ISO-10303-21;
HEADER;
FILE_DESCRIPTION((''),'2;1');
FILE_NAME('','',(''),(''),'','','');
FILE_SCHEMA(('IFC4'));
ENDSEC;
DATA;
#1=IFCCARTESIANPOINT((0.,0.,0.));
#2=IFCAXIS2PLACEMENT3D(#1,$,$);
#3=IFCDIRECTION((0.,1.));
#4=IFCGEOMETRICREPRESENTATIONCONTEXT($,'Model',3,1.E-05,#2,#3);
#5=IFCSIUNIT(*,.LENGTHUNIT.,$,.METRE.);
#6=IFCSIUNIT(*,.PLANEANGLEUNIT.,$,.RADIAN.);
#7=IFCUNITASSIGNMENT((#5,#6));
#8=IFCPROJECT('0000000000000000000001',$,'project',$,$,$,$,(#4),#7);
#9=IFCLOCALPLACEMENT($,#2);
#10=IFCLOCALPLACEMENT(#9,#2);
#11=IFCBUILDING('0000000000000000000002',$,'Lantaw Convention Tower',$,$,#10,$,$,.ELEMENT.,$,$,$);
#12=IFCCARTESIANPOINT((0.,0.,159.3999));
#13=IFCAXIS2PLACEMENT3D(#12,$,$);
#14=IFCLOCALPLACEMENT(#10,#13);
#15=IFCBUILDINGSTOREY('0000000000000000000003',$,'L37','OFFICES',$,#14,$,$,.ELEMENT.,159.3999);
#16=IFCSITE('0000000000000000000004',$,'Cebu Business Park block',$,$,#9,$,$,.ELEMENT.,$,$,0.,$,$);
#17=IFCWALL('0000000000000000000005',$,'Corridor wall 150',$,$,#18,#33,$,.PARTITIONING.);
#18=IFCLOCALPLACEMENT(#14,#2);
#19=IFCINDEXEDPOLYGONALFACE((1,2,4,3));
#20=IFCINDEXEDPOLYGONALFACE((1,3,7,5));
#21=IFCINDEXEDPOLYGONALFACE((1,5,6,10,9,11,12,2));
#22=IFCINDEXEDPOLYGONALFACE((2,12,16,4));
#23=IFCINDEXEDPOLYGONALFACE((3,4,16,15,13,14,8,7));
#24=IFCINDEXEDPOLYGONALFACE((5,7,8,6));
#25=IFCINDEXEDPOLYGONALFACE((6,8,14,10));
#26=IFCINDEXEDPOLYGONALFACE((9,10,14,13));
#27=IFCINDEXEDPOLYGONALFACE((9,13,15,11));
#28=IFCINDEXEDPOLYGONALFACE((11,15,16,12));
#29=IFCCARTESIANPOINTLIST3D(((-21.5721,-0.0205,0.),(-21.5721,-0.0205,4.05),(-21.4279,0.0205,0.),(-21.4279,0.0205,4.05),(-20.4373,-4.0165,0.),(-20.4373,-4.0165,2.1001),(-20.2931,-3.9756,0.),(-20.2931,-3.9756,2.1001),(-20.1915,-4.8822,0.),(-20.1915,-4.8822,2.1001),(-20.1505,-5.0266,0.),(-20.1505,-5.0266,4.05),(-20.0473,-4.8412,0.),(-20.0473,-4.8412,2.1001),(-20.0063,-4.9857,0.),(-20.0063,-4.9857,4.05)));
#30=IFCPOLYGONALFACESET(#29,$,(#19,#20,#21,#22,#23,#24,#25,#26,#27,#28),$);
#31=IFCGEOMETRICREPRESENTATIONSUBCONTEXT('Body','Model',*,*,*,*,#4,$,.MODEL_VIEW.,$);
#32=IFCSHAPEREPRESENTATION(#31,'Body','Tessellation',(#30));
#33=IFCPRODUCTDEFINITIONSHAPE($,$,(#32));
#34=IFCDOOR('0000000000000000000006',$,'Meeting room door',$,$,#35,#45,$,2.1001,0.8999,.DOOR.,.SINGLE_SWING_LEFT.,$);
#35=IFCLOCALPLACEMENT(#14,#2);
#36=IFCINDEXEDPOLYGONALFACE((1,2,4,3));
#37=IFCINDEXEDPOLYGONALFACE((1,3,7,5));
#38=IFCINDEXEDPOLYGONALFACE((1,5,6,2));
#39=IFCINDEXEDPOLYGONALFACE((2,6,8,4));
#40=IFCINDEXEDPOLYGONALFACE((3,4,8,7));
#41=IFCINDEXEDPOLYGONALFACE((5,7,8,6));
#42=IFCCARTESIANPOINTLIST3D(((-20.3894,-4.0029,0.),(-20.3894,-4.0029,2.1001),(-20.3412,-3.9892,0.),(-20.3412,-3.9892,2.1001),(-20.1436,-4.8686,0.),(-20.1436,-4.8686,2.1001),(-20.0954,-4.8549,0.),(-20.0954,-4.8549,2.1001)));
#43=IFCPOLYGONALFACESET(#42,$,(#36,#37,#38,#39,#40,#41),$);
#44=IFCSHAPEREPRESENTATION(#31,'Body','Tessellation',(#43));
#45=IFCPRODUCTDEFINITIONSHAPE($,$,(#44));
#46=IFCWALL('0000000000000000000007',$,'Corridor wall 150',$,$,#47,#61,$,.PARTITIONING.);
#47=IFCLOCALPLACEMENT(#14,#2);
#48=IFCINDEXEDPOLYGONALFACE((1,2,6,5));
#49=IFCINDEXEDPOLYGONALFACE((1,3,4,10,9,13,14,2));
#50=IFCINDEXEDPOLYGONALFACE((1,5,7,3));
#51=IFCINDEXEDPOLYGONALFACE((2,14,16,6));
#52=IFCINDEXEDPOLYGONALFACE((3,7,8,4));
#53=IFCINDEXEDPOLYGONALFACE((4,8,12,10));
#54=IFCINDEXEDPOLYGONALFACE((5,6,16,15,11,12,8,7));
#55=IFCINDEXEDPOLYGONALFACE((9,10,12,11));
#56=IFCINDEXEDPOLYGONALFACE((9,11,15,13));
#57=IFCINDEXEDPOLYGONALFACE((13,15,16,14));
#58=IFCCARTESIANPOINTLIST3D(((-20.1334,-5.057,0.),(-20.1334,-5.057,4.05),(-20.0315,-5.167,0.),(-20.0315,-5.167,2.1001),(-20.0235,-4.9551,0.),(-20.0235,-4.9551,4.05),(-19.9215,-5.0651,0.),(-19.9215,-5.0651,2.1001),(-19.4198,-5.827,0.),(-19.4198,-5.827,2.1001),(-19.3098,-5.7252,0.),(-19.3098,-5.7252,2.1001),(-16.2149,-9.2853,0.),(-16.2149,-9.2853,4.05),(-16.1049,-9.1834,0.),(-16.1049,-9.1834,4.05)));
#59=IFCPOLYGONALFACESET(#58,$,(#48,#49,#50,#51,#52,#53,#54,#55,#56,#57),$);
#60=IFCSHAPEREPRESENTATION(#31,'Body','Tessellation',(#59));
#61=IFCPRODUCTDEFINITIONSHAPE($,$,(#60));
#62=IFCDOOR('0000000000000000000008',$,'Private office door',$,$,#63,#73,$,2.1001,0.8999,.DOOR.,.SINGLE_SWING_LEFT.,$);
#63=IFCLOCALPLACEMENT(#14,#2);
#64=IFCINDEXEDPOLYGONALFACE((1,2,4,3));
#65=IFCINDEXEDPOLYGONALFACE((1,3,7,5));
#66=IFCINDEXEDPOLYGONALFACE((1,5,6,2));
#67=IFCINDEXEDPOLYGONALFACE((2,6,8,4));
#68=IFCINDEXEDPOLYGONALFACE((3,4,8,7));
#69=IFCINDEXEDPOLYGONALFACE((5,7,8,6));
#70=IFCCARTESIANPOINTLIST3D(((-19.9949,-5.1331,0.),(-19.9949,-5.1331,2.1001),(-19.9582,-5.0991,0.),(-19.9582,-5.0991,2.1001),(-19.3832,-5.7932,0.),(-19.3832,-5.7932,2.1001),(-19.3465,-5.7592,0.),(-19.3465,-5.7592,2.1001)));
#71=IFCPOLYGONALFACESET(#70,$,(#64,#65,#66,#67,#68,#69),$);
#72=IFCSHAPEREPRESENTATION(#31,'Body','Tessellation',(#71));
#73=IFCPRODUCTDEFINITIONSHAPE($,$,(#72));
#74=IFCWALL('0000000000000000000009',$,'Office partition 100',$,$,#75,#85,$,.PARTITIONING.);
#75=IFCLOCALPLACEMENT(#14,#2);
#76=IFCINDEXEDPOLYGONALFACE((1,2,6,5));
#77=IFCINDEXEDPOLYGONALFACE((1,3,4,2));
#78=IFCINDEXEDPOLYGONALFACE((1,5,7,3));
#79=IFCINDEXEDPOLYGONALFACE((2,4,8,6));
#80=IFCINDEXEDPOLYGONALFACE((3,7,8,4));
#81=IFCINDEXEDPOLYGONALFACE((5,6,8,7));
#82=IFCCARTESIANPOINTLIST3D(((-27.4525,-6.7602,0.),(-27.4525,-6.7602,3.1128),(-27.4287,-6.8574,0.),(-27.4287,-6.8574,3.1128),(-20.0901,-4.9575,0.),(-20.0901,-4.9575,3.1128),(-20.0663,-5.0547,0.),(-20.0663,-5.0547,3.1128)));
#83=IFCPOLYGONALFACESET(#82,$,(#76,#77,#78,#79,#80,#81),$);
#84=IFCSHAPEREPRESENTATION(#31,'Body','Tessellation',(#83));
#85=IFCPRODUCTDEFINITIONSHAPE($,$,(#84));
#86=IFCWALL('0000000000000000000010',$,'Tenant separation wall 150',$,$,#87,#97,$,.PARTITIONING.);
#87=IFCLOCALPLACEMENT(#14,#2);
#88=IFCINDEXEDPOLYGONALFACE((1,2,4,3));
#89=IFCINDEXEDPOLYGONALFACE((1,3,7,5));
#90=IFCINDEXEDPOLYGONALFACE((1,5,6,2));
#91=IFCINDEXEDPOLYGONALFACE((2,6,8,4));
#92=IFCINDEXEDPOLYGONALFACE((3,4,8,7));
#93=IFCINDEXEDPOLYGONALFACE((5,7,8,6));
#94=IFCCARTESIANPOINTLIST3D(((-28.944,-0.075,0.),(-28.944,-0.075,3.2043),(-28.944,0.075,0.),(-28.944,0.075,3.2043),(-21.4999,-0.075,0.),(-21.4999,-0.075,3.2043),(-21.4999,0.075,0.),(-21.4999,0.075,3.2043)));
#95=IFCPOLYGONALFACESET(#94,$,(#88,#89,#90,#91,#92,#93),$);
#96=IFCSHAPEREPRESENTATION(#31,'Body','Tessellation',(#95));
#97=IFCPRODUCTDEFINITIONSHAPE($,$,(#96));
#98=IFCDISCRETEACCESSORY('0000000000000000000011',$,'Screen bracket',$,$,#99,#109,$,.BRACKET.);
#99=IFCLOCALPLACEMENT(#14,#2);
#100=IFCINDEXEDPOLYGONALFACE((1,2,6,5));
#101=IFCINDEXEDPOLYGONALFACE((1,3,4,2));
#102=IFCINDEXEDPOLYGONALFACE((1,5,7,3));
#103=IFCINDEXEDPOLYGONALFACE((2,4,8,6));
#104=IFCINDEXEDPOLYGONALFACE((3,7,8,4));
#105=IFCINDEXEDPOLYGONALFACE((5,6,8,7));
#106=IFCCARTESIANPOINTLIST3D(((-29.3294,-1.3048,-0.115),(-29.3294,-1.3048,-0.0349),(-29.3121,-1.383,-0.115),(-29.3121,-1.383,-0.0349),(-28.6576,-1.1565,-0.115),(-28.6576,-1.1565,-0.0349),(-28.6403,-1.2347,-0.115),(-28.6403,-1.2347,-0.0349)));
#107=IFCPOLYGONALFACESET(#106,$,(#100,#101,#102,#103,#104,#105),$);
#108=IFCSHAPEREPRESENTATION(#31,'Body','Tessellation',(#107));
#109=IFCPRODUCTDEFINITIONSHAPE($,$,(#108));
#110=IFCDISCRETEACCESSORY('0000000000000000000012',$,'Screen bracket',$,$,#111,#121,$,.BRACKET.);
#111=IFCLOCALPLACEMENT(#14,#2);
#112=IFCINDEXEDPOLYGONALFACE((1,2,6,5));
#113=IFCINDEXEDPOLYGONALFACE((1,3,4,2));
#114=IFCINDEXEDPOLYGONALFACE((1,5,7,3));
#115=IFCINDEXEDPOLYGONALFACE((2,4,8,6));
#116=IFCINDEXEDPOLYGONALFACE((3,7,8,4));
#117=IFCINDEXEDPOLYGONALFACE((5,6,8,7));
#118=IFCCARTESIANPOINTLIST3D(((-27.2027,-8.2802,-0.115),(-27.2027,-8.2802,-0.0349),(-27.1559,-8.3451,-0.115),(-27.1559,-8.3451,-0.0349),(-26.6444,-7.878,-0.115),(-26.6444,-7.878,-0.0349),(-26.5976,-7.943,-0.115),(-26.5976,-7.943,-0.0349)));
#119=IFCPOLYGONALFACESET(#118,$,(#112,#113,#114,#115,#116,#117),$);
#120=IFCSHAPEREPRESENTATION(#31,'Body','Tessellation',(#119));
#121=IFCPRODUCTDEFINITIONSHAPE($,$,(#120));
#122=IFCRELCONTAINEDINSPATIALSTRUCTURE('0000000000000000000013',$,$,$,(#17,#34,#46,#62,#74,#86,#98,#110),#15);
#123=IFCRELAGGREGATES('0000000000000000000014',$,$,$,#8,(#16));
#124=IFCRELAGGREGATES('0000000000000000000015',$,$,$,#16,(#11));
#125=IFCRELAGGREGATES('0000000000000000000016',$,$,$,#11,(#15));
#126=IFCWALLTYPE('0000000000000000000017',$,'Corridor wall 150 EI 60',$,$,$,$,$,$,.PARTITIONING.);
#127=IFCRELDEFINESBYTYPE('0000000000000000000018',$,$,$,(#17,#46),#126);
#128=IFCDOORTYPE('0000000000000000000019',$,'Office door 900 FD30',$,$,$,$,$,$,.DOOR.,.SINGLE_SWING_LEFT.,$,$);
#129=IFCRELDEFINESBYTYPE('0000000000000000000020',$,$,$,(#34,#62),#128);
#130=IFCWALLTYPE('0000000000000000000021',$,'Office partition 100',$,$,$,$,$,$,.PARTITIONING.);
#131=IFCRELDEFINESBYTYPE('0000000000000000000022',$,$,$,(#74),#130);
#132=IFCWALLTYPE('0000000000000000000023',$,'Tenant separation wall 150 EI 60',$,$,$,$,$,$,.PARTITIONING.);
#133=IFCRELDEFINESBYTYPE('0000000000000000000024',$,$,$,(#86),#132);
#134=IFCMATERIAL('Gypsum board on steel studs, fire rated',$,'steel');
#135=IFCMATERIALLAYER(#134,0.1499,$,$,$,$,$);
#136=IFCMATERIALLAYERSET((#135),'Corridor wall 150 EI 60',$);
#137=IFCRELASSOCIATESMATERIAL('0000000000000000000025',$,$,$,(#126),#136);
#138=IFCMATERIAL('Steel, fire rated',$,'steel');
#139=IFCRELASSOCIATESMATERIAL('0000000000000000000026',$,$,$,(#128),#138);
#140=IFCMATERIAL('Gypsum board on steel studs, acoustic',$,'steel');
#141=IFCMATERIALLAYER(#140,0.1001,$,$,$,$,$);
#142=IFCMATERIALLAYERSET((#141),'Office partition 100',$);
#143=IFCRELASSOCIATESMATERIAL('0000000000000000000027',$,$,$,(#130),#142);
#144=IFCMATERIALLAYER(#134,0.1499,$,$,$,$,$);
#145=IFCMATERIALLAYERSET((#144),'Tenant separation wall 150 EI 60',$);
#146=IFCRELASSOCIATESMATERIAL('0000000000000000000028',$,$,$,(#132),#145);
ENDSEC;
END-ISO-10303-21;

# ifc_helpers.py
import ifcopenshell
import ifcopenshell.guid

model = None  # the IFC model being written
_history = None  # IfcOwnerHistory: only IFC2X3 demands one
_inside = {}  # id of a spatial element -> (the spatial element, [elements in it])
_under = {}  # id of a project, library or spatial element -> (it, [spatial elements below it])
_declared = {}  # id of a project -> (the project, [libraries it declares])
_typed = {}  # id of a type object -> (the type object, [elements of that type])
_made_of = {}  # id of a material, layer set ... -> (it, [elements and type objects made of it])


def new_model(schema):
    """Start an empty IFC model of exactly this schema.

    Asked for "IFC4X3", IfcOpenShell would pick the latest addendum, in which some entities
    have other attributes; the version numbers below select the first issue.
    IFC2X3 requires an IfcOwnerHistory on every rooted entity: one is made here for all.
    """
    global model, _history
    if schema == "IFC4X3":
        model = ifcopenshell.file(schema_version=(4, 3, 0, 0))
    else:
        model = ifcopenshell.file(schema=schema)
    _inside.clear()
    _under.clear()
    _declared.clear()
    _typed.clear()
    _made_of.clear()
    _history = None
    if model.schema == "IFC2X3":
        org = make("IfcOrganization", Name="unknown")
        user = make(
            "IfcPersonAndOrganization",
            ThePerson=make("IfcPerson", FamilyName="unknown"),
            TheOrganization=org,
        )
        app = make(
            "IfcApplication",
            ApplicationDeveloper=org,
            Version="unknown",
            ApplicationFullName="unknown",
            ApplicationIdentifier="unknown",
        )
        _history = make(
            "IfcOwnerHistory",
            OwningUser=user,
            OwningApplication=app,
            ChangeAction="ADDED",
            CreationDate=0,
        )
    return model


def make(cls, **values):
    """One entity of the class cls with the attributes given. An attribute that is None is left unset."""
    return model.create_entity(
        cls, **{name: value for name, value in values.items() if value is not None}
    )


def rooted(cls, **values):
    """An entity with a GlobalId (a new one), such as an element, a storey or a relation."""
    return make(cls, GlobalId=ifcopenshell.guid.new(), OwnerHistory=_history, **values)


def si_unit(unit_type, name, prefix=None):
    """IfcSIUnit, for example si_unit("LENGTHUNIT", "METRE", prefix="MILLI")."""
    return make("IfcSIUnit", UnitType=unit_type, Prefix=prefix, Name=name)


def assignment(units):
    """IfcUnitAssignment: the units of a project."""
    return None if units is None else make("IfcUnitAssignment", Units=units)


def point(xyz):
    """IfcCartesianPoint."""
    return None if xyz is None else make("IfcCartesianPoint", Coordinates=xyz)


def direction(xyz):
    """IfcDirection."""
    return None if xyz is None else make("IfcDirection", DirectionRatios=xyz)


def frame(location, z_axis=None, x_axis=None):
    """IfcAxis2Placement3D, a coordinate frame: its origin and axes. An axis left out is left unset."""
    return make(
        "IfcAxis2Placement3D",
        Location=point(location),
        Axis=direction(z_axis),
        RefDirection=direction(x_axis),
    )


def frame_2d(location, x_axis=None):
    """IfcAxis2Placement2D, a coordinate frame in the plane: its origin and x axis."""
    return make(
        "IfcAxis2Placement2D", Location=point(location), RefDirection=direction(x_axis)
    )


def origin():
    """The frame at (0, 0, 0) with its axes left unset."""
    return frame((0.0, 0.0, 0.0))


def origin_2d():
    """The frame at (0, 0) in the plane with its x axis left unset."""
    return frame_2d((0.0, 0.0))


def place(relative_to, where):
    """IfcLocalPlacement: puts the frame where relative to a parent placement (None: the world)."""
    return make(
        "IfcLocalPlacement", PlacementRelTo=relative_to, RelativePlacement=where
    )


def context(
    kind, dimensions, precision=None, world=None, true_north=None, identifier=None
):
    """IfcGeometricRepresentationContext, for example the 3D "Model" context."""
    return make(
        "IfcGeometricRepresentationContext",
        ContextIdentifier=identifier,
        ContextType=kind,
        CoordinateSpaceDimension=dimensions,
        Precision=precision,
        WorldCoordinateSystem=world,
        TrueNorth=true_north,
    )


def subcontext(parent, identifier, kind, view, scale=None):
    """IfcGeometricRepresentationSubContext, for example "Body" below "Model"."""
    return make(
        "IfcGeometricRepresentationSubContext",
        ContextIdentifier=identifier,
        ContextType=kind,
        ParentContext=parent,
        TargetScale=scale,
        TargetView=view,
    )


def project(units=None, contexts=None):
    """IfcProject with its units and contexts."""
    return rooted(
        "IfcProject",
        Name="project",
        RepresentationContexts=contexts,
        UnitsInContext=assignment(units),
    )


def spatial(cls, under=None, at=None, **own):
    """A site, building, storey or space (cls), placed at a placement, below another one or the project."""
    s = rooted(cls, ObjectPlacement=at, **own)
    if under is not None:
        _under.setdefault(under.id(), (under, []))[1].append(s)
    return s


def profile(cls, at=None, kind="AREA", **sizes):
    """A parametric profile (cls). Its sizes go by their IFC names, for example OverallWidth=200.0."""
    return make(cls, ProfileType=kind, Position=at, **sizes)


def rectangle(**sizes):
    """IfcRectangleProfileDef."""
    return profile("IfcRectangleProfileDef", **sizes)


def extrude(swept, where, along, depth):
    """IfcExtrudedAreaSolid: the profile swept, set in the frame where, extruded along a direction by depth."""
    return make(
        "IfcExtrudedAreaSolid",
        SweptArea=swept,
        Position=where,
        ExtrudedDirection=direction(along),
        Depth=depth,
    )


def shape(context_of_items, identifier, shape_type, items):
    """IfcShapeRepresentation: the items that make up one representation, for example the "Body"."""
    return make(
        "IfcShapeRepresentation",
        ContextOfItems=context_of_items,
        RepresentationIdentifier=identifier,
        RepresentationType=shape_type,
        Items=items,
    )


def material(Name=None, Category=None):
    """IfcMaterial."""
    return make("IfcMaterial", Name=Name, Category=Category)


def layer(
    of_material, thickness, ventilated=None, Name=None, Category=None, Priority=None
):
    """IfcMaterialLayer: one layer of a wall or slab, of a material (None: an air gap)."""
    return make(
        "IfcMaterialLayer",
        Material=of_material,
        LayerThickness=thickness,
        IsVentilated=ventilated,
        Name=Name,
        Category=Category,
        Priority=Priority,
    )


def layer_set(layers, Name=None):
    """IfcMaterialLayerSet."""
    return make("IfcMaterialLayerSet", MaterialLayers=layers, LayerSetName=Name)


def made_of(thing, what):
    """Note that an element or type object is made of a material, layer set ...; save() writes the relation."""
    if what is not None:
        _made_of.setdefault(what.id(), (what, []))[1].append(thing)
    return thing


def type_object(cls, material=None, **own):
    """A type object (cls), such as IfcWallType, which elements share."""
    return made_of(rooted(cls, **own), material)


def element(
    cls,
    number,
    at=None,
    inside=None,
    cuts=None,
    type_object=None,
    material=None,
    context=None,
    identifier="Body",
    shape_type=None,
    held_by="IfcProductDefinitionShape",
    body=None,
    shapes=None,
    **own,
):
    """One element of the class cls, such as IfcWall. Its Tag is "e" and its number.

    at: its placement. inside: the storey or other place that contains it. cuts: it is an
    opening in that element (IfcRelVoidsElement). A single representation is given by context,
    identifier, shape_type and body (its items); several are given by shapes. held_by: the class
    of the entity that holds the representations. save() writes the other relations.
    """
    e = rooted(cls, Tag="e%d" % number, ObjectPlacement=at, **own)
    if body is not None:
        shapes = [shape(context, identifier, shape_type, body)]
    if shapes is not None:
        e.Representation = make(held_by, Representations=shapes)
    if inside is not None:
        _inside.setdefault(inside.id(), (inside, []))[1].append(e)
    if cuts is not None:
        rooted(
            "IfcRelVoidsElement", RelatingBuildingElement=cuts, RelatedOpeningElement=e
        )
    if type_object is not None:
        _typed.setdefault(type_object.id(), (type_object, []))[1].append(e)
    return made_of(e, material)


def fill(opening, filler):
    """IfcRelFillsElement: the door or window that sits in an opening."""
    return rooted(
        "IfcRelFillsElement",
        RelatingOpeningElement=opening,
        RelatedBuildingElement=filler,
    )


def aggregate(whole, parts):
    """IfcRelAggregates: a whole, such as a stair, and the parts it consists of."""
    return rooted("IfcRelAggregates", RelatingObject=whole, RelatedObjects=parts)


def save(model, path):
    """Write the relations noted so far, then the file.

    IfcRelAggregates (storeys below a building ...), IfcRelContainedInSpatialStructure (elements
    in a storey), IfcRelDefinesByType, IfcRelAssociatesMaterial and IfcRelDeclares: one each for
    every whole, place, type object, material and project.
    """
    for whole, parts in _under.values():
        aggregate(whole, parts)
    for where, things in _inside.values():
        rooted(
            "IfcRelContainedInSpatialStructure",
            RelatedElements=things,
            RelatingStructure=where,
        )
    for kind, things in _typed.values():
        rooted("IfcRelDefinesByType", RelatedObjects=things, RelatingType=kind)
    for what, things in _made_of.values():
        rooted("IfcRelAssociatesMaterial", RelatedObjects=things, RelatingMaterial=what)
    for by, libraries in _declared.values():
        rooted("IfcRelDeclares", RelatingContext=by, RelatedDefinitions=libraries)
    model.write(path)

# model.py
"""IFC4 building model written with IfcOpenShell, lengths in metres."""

from ifc_helpers import new_model, si_unit, direction, frame, frame_2d, origin, origin_2d, place, context, subcontext, project, spatial, rectangle, extrude, material, layer, layer_set, type_object, element, fill, save


model = new_model("IFC4")

# Units and contexts
model_context = context("Model", 3, precision=1e-05, world=origin(), true_north=direction((0.0, 1.0)))
body_context = subcontext(model_context, "Body", "Model", "MODEL_VIEW")
ifc_project = project(units=[si_unit("LENGTHUNIT", "METRE"), si_unit("PLANEANGLEUNIT", "RADIAN")], contexts=[model_context])

# Site, building, storey
site_placement = place(None, origin())
site = spatial("IfcSite", under=ifc_project, at=site_placement, Name="Cebu Business Park block", CompositionType="ELEMENT", RefElevation=0.0)
building_placement = place(site_placement, origin())
building = spatial("IfcBuilding", under=site, at=building_placement, Name="Lantaw Convention Tower", CompositionType="ELEMENT")
storey_placement = place(building_placement, frame((0.0, 0.0, 159.3999)))
storey = spatial("IfcBuildingStorey", under=building, at=storey_placement, Name="L37", Description="OFFICES", CompositionType="ELEMENT", Elevation=159.3999)

# Walls, openings, doors
ifc_material_1 = material(Name="Gypsum board on steel studs, fire rated", Category="steel")
ifc_layer_1 = layer(ifc_material_1, 0.1499)
ifc_layer_set_1 = layer_set([ifc_layer_1], Name="Corridor wall 150 EI 60")
wall_type_1 = type_object("IfcWallType", Name="Corridor wall 150 EI 60", PredefinedType="PARTITIONING", material=ifc_layer_set_1)
wall_1_placement = place(storey_placement, frame((-21.5, 0.0, 0.0), z_axis=(0.0, 0.0, 1.0), x_axis=(0.273178, -0.961964, 0.0)))
wall_1 = element("IfcWall", 1, at=wall_1_placement, inside=storey, type_object=wall_type_1, Name="Corridor wall 150", PredefinedType="PARTITIONING", context=body_context, shape_type="SweptSolid", body=[
    extrude(rectangle(XDim=5.2041, YDim=0.1499, at=frame_2d((2.6021, 0.0))), origin(), (0.0, 0.0, 1.0), 4.05),
])
opening_1_placement = place(wall_1_placement, frame((4.1541, 0.0, 0.0)))
opening_1 = element("IfcOpeningElement", 2, at=opening_1_placement, cuts=wall_1, PredefinedType="OPENING", context=body_context, shape_type="SweptSolid", body=[
    extrude(rectangle(XDim=0.8999, YDim=2.1001, at=frame_2d((0.45, 1.05))), frame((0.0, 0.085, 0.0), z_axis=(0.0, -1.0, 0.0), x_axis=(1.0, 0.0, 0.0)), (0.0, 0.0, 1.0), 0.1699),
])
ifc_material_2 = material(Name="Steel, fire rated", Category="steel")
door_type = type_object("IfcDoorType", Name="Office door 900 FD30", OperationType="SINGLE_SWING_LEFT", PredefinedType="DOOR", material=ifc_material_2)
door_1_placement = place(opening_1_placement, origin())
door_1 = element("IfcDoor", 3, at=door_1_placement, inside=storey, type_object=door_type, Name="Meeting room door", OperationType="SINGLE_SWING_LEFT", OverallHeight=2.1001, OverallWidth=0.8999, PredefinedType="DOOR", context=body_context, shape_type="SweptSolid", body=[
    extrude(rectangle(XDim=0.8999, YDim=2.1001, at=frame_2d((0.45, 1.05))), frame((0.0, 0.0249, 0.0), z_axis=(0.0, -1.0, 0.0), x_axis=(1.0, 0.0, 0.0)), (0.0, 0.0, 1.0), 0.05),
])
fill(opening_1, door_1)
wall_2_placement = place(storey_placement, frame((-20.0784, -5.0061, 0.0), z_axis=(0.0, 0.0, 1.0), x_axis=(0.679725, -0.733467, 0.0)))
wall_2 = element("IfcWall", 4, at=wall_2_placement, inside=storey, type_object=wall_type_1, Name="Corridor wall 150", PredefinedType="PARTITIONING", context=body_context, shape_type="SweptSolid", body=[
    extrude(rectangle(XDim=5.7649, YDim=0.1499, at=frame_2d((2.8823, 0.0))), origin(), (0.0, 0.0, 1.0), 4.05),
])
opening_2_placement = place(wall_2_placement, frame((0.1499, 0.0, 0.0)))
opening_2 = element("IfcOpeningElement", 5, at=opening_2_placement, cuts=wall_2, PredefinedType="OPENING", context=body_context, shape_type="SweptSolid", body=[
    extrude(rectangle(XDim=0.8999, YDim=2.1001, at=frame_2d((0.45, 1.05))), frame((0.0, 0.085, 0.0), z_axis=(0.0, -1.0, 0.0), x_axis=(1.0, 0.0, 0.0)), (0.0, 0.0, 1.0), 0.1699),
])
door_2_placement = place(opening_2_placement, origin())
door_2 = element("IfcDoor", 6, at=door_2_placement, inside=storey, type_object=door_type, Name="Private office door", OperationType="SINGLE_SWING_LEFT", OverallHeight=2.1001, OverallWidth=0.8999, PredefinedType="DOOR", context=body_context, shape_type="SweptSolid", body=[
    extrude(rectangle(XDim=0.8999, YDim=2.1001, at=frame_2d((0.45, 1.05))), frame((0.0, 0.0249, 0.0), z_axis=(0.0, -1.0, 0.0), x_axis=(1.0, 0.0, 0.0)), (0.0, 0.0, 1.0), 0.05),
])
fill(opening_2, door_2)

# Walls
ifc_material_3 = material(Name="Gypsum board on steel studs, acoustic", Category="steel")
ifc_layer_2 = layer(ifc_material_3, 0.1001)
ifc_layer_set_2 = layer_set([ifc_layer_2], Name="Office partition 100")
wall_type_2 = type_object("IfcWallType", Name="Office partition 100", PredefinedType="PARTITIONING", material=ifc_layer_set_2)
wall_3_placement = place(storey_placement, frame((-27.4407, -6.8088, 0.0), z_axis=(0.0, 0.0, 1.0), x_axis=(0.971306, 0.237834, 0.0)))
element("IfcWall", 7, at=wall_3_placement, inside=storey, type_object=wall_type_2, Name="Office partition 100", PredefinedType="PARTITIONING", context=body_context, shape_type="SweptSolid", body=[
    extrude(rectangle(XDim=7.5798, YDim=0.1001, at=frame_2d((3.79, 0.0))), origin(), (0.0, 0.0, 1.0), 3.1128),
])
ifc_layer_3 = layer(ifc_material_1, 0.1499)
ifc_layer_set_3 = layer_set([ifc_layer_3], Name="Tenant separation wall 150 EI 60")
wall_type_3 = type_object("IfcWallType", Name="Tenant separation wall 150 EI 60", PredefinedType="PARTITIONING", material=ifc_layer_set_3)
wall_4_placement = place(storey_placement, frame((-28.9441, 0.0, 0.0), z_axis=(0.0, 0.0, 1.0), x_axis=(1.0, 0.0, 0.0)))
element("IfcWall", 8, at=wall_4_placement, inside=storey, type_object=wall_type_3, Name="Tenant separation wall 150", PredefinedType="PARTITIONING", context=body_context, shape_type="SweptSolid", body=[
    extrude(rectangle(XDim=7.4441, YDim=0.1499, at=frame_2d((3.7222, 0.0))), origin(), (0.0, 0.0, 1.0), 3.2043),
])

# Discrete accessories
for number, where, z_axis, x_axis, name in (
    (9, (-28.9849, -1.2698, -0.115), (0.0, 0.0, 1.0), (0.215546, -0.976494, 0.0), "Screen bracket"),
    (10, (-26.9001, -8.1116, -0.115), (0.0, 0.0, 1.0), (0.584513, -0.811385, 0.0), "Screen bracket"),
):
    element("IfcDiscreteAccessory", number, at=place(storey_placement, frame(where, z_axis=z_axis, x_axis=x_axis)), inside=storey, Name=name, PredefinedType="BRACKET", context=body_context, shape_type="SweptSolid", body=[
        extrude(rectangle(XDim=0.0801, YDim=0.688, at=origin_2d()), origin(), (0.0, 0.0, 1.0), 0.0801),
    ])

save(model, "model.ifc")
